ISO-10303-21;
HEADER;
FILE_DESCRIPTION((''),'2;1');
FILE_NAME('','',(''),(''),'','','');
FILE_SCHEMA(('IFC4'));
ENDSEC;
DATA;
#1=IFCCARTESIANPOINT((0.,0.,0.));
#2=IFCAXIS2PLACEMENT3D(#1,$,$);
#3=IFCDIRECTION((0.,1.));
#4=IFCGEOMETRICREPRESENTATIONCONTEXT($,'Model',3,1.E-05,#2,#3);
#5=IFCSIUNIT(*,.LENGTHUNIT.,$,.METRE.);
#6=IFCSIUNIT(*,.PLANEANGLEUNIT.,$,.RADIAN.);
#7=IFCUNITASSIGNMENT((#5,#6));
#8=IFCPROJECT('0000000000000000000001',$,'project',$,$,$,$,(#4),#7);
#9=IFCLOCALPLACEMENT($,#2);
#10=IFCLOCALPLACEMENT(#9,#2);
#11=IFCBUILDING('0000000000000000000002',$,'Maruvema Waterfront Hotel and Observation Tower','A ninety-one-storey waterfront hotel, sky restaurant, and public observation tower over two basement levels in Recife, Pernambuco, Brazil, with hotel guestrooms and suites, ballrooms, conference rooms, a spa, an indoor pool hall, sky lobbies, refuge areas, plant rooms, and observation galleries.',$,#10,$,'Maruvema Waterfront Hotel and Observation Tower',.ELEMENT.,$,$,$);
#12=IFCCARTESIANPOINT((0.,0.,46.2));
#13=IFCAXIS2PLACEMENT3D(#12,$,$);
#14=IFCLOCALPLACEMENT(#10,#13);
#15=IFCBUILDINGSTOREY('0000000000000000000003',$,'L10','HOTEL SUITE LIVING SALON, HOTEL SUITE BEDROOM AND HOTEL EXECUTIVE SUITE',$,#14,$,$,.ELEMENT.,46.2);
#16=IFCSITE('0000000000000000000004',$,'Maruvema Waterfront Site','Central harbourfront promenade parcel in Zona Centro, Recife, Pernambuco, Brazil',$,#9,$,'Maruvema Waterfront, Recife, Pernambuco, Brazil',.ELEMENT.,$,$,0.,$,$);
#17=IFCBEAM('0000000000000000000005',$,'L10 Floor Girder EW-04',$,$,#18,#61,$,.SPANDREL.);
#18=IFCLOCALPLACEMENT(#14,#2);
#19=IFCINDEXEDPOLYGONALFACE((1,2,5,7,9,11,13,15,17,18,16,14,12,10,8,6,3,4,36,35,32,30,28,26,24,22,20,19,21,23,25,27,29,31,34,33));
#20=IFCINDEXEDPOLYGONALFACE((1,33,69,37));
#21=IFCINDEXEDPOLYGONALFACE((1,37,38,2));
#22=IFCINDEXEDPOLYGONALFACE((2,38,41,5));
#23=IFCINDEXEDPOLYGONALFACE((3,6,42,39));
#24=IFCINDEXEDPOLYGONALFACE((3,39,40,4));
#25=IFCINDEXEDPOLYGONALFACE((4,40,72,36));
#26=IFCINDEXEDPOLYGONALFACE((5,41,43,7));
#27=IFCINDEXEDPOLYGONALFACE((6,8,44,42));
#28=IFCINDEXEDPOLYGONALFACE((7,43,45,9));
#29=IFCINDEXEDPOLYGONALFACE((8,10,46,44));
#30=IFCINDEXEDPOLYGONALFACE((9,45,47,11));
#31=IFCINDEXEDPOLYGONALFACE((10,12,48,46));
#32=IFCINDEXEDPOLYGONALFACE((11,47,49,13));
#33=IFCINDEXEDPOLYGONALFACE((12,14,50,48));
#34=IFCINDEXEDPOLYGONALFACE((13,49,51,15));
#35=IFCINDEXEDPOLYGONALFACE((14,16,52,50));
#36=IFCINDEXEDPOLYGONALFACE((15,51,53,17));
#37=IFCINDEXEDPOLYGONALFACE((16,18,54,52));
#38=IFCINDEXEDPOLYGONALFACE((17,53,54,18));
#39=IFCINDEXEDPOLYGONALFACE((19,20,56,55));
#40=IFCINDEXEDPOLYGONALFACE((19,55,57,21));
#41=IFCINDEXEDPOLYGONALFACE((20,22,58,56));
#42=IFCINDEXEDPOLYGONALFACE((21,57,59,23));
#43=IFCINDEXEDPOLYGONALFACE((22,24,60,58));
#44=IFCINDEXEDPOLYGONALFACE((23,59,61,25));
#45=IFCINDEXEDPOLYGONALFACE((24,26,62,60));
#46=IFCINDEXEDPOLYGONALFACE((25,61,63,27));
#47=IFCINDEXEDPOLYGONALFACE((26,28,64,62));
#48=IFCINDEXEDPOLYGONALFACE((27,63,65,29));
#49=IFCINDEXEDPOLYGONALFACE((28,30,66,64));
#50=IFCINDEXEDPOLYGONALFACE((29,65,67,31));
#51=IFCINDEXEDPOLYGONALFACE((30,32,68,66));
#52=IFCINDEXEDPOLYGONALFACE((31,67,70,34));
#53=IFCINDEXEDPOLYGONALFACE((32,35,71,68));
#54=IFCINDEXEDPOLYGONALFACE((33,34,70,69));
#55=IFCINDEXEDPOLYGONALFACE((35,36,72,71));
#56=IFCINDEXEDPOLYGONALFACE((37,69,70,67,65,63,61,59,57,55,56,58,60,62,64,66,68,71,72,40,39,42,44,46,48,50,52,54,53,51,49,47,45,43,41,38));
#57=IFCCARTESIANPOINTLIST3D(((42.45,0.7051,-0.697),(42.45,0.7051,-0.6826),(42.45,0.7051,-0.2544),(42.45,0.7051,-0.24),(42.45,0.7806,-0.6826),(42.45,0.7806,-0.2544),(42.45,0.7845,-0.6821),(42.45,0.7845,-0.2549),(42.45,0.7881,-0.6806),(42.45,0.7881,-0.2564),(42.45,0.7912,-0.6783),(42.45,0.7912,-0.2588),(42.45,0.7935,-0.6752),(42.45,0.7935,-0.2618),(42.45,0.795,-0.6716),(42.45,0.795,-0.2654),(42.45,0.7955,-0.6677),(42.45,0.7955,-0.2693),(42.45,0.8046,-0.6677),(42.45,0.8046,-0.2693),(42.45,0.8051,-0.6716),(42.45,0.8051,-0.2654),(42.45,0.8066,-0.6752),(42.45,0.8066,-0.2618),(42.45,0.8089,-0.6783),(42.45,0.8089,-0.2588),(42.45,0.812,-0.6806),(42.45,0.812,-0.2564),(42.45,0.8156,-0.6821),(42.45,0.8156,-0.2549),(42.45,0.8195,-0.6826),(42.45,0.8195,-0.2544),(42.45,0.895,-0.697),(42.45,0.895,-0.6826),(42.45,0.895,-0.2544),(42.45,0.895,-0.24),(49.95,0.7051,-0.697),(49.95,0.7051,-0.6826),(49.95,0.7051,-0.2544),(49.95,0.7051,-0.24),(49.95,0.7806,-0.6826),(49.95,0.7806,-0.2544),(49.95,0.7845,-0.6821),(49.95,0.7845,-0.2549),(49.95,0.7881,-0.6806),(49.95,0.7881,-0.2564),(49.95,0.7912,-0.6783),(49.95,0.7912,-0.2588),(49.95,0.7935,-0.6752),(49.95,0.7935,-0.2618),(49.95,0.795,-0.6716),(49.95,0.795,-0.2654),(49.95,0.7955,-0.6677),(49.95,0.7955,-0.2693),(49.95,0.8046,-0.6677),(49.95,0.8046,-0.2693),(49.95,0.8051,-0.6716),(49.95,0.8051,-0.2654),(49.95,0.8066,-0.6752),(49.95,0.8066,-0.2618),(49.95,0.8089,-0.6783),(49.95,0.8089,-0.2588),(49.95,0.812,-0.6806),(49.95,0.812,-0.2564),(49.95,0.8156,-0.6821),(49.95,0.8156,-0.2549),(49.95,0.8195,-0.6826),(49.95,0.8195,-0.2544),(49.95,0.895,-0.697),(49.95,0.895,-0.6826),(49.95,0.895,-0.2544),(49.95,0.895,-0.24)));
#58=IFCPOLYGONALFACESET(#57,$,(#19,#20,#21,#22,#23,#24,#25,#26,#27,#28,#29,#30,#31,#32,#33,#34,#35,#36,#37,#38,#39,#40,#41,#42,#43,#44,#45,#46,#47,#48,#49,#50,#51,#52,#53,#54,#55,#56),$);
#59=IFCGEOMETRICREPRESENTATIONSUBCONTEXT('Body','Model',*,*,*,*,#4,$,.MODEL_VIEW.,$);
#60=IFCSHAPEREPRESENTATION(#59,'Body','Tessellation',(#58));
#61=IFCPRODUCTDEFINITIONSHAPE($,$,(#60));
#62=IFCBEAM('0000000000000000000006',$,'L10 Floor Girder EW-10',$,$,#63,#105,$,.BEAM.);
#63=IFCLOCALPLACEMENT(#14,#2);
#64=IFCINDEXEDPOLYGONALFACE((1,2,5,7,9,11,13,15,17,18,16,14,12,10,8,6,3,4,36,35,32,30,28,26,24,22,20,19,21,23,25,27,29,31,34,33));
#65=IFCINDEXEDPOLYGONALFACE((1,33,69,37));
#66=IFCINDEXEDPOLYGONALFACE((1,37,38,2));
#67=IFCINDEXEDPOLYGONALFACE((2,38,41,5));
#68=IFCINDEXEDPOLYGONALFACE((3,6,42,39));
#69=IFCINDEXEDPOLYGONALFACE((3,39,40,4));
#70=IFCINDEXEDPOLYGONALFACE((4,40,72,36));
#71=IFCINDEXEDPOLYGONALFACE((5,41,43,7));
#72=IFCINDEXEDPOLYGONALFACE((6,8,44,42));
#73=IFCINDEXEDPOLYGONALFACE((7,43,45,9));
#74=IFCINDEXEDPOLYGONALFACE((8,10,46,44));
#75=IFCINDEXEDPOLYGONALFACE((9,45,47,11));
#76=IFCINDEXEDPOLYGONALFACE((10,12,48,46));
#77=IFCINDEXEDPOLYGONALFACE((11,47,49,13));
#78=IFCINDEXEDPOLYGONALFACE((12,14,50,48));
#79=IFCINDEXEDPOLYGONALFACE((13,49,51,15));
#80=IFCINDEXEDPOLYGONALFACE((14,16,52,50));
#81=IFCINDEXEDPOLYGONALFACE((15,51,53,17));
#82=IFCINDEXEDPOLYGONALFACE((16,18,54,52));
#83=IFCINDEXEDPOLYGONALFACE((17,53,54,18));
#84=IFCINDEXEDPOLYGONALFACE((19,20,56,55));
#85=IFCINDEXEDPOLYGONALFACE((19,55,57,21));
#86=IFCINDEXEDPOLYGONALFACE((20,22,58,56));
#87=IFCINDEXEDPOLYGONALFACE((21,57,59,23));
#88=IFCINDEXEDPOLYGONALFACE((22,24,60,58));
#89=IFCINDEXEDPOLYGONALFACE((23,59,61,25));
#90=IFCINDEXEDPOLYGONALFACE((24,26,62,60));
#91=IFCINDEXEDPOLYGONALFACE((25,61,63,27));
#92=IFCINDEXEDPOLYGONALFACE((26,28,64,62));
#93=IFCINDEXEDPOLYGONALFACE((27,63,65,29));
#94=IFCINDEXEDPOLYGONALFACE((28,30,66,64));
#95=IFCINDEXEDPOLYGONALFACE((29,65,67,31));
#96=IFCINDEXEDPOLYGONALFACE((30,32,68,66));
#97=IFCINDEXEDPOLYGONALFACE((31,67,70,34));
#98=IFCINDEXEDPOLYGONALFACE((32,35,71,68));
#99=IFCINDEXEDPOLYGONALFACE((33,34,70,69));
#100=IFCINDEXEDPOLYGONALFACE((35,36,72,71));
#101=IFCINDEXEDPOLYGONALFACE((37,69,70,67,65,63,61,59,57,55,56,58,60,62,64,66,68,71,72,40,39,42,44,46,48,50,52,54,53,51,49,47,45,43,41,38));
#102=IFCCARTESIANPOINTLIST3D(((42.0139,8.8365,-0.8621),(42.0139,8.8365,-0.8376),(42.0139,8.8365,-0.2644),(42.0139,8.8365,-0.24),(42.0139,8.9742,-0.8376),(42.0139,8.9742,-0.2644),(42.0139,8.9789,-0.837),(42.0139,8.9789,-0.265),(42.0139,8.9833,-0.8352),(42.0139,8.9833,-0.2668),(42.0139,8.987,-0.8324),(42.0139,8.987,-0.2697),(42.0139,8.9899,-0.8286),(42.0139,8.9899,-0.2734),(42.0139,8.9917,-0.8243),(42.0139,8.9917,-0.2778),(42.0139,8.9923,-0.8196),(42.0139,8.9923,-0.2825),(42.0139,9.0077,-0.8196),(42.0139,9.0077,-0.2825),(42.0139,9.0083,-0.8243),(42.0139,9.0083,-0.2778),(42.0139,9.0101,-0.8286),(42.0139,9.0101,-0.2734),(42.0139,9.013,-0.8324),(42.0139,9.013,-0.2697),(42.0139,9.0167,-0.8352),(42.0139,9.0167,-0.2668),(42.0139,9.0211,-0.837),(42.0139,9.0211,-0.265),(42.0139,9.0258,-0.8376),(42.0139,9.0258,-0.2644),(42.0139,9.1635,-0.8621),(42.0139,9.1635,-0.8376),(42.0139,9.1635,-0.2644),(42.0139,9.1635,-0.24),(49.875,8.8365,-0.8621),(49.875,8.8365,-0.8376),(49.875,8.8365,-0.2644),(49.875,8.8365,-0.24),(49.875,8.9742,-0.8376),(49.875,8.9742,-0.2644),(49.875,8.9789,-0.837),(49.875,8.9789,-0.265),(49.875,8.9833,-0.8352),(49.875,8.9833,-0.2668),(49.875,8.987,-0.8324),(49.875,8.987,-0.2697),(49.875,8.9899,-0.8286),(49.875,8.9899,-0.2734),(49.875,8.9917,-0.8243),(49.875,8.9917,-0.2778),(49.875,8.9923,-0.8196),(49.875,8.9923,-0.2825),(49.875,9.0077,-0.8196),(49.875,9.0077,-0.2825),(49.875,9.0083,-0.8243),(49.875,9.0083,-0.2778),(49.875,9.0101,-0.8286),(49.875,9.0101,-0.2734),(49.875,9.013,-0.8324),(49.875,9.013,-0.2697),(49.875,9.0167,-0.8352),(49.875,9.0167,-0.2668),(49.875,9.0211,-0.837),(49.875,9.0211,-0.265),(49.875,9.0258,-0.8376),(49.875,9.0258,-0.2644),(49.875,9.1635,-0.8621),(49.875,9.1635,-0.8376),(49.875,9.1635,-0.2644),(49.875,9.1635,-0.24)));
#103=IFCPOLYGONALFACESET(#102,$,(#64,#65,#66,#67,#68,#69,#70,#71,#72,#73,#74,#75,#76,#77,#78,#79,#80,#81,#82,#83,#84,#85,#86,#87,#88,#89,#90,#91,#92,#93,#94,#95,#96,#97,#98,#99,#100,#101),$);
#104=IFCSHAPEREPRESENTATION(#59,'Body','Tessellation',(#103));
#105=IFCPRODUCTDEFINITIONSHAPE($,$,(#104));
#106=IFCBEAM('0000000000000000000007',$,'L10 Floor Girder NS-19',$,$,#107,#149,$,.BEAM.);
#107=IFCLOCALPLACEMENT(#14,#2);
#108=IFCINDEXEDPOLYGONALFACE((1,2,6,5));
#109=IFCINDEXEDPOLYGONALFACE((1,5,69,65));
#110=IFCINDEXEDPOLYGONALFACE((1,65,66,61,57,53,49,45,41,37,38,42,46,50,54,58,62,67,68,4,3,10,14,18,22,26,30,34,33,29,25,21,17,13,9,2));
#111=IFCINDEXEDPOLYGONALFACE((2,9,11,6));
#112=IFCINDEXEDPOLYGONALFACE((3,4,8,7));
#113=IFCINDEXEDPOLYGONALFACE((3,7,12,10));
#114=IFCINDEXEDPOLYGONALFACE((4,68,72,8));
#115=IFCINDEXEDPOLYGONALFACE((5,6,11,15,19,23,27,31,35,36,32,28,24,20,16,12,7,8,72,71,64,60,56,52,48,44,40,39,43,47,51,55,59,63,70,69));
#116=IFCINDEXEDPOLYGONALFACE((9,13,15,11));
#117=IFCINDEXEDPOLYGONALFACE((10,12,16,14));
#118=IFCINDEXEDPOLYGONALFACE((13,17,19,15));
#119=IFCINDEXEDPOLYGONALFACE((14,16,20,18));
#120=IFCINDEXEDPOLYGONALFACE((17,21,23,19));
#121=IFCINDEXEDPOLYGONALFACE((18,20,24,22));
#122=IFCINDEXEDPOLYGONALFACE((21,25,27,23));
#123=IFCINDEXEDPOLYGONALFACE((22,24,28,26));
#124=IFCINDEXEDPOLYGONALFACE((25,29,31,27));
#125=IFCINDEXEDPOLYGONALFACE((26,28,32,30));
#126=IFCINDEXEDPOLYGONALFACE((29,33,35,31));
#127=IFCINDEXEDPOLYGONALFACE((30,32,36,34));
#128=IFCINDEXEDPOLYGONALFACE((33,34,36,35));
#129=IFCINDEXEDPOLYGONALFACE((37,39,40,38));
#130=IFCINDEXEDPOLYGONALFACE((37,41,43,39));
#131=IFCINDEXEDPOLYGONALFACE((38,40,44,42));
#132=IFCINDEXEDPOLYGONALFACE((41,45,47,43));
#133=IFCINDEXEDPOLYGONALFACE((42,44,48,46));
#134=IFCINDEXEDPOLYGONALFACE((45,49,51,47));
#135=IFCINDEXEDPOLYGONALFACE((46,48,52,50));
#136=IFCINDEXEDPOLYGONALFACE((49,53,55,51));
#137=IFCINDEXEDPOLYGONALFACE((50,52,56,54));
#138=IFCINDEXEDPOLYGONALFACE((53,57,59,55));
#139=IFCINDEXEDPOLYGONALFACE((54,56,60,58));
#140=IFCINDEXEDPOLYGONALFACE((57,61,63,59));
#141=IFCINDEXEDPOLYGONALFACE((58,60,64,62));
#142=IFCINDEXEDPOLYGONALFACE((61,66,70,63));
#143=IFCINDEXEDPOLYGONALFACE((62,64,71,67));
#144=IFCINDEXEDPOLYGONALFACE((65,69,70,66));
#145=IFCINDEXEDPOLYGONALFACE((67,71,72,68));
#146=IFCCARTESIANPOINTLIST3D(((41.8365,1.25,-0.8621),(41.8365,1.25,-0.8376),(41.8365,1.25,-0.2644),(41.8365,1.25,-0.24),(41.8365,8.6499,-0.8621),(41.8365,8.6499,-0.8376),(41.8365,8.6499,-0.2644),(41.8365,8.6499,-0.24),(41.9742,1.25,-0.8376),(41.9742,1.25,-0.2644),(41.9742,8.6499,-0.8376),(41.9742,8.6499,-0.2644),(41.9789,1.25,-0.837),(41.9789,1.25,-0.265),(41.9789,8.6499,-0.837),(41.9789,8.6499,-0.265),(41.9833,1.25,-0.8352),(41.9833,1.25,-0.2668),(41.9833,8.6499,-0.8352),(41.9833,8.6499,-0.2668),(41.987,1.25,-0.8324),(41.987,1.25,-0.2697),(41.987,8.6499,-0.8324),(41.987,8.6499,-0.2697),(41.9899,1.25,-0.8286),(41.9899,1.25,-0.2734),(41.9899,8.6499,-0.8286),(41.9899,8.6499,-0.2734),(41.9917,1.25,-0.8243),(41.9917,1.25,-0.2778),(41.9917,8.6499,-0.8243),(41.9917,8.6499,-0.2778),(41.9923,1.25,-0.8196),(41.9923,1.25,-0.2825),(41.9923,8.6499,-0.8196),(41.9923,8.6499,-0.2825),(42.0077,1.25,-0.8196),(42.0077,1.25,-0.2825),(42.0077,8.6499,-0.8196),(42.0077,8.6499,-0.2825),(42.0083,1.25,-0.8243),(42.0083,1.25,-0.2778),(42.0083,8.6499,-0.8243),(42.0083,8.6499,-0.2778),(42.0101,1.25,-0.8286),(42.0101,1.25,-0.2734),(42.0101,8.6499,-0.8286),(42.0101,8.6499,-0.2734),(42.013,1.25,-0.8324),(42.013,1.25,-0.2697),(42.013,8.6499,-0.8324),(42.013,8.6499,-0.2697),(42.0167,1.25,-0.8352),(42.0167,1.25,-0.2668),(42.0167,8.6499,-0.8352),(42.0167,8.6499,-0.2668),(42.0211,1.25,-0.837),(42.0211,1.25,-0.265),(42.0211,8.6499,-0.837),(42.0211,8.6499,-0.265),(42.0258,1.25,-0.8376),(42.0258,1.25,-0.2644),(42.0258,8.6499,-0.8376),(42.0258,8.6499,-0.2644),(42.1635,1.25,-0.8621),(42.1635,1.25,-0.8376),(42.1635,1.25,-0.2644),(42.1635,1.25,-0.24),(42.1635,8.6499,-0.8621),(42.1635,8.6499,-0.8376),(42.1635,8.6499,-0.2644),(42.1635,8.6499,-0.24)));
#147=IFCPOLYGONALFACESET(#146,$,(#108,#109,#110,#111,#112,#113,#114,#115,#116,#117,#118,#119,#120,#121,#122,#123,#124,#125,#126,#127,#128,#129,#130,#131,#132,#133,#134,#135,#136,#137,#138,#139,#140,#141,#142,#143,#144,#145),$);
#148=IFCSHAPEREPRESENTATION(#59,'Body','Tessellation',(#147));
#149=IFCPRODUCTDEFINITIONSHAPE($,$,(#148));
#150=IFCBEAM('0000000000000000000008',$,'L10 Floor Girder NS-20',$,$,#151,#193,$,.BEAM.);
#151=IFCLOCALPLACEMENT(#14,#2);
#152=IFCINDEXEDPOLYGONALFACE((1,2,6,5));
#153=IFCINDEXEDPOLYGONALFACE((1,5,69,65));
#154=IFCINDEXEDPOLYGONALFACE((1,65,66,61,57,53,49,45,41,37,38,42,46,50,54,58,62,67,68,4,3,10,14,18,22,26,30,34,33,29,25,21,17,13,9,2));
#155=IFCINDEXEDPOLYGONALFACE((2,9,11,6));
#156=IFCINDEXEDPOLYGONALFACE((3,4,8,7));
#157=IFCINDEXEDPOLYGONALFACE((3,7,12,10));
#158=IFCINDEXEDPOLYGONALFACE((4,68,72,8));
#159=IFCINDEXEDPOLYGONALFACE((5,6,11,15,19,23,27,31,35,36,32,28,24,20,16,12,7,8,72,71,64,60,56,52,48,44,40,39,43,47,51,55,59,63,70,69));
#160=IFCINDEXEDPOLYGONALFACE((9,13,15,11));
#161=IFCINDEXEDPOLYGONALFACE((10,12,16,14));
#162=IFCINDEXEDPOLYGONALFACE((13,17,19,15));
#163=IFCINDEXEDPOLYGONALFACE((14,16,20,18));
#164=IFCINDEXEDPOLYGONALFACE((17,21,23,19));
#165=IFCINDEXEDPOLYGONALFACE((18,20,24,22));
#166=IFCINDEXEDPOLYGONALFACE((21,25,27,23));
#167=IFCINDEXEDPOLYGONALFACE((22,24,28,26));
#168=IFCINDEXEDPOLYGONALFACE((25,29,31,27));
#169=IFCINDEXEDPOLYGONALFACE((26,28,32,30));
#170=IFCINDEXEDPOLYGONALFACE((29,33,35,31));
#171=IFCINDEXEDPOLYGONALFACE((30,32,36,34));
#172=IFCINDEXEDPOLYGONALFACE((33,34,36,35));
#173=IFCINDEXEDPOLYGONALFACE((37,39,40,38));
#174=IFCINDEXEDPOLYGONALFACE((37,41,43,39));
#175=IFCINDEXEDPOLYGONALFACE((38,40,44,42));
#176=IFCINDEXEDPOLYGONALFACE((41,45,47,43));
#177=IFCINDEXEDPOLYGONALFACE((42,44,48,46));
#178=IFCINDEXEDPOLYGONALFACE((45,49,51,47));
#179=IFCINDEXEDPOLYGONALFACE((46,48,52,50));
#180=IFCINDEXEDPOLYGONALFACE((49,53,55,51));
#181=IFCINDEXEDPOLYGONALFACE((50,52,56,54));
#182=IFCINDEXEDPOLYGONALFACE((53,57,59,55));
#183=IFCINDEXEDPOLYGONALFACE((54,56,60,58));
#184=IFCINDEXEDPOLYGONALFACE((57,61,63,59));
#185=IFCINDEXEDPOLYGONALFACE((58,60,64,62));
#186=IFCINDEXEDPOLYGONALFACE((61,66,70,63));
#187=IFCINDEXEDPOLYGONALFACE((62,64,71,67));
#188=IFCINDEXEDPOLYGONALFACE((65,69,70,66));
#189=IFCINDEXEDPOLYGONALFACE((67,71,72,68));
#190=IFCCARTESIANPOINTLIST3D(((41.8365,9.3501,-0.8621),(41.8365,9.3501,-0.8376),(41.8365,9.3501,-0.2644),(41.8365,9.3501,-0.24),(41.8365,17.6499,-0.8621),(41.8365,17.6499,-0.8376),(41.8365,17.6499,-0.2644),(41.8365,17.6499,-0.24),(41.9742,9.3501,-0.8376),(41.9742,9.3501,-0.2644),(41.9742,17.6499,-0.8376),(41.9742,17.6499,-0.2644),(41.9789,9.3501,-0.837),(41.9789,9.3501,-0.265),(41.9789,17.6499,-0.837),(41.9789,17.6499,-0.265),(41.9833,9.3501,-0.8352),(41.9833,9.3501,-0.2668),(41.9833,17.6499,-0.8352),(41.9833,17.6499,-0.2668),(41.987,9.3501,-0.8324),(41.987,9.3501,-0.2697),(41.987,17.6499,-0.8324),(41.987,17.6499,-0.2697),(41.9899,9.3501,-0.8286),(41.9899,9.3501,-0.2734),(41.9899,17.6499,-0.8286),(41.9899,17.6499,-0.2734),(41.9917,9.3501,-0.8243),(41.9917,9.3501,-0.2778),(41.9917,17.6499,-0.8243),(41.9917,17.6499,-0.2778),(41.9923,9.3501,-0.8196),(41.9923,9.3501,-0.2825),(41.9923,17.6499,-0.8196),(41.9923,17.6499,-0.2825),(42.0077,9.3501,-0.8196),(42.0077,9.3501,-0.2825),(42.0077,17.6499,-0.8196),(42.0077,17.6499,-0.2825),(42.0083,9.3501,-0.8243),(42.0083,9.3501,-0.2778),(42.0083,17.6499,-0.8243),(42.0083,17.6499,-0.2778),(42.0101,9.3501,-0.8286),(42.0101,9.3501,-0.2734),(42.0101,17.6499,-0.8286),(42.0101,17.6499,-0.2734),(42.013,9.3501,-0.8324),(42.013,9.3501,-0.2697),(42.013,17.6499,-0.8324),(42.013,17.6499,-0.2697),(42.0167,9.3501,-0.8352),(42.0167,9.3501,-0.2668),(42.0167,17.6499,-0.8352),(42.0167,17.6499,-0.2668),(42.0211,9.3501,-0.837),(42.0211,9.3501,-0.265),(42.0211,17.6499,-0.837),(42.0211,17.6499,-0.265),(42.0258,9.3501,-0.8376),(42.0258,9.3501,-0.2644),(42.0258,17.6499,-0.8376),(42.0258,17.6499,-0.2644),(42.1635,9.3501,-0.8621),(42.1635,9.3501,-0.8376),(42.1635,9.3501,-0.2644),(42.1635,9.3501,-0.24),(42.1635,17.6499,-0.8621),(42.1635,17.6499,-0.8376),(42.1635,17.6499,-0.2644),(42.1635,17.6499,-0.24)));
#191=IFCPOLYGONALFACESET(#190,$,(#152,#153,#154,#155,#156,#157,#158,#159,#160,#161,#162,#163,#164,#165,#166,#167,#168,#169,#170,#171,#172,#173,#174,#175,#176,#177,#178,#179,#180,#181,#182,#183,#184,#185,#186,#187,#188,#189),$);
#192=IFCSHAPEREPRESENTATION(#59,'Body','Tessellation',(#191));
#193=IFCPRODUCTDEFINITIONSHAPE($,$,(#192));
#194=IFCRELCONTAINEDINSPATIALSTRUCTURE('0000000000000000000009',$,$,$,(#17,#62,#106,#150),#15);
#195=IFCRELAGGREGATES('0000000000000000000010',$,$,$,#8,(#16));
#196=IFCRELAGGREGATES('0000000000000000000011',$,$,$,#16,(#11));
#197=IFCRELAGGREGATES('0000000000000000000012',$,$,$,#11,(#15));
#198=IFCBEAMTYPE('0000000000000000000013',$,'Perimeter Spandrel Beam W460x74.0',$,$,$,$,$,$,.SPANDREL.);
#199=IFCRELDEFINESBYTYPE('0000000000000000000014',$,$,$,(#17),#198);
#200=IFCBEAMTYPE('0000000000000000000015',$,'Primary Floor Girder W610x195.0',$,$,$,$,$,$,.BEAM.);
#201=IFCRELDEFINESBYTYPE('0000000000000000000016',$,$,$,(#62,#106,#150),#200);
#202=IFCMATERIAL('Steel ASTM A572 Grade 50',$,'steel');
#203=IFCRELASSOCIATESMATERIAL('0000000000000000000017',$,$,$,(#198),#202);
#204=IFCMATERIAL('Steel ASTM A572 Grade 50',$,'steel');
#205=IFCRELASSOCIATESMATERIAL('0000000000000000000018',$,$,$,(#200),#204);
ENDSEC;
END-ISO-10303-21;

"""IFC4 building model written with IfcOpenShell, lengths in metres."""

from ifc_helpers import new_model, si_unit, direction, frame, origin, origin_2d, place, context, subcontext, project, spatial, i_section, extrude, material, material_profile, profile_set, type_object, element, save


model = new_model("IFC4")

# Units and contexts
model_context = context("Model", 3, precision=1e-05, world=origin(), true_north=direction((0.0, 1.0)))
body_context = subcontext(model_context, "Body", "Model", "MODEL_VIEW")
ifc_project = project(units=[si_unit("LENGTHUNIT", "METRE"), si_unit("PLANEANGLEUNIT", "RADIAN")], contexts=[model_context])

# Site, building, storey
site_placement = place(None, origin())
site = spatial("IfcSite", under=ifc_project, at=site_placement, Name="Maruvema Waterfront Site", Description="Central harbourfront promenade parcel in Zona Centro, Recife, Pernambuco, Brazil", LongName="Maruvema Waterfront, Recife, Pernambuco, Brazil", CompositionType="ELEMENT", RefElevation=0.0)
building_placement = place(site_placement, origin())
building = spatial("IfcBuilding", under=site, at=building_placement, Name="Maruvema Waterfront Hotel and Observation Tower", Description="A ninety-one-storey waterfront hotel, sky restaurant, and public observation tower over two basement levels in Recife, Pernambuco, Brazil, with hotel guestrooms and suites, ballrooms, conference rooms, a spa, an indoor pool hall, sky lobbies, refuge areas, plant rooms, and observation galleries.", LongName="Maruvema Waterfront Hotel and Observation Tower", CompositionType="ELEMENT")
storey_placement = place(building_placement, frame((0.0, 0.0, 46.2)))
storey = spatial("IfcBuildingStorey", under=building, at=storey_placement, Name="L10", Description="HOTEL SUITE LIVING SALON, HOTEL SUITE BEDROOM AND HOTEL EXECUTIVE SUITE", CompositionType="ELEMENT", Elevation=46.2)

# Beams
ifc_material_1 = material(Name="Steel ASTM A572 Grade 50", Category="steel")
ifc_material_profile_1 = material_profile(ifc_material_1, i_section(OverallWidth=0.1899, OverallDepth=0.457, WebThickness=0.009, FlangeThickness=0.0144, FilletRadius=0.0149, at=origin_2d()), Name="W460x74.0")
ifc_profile_set_1 = profile_set([ifc_material_profile_1], Name="Steel ASTM A572 Grade 50")
beam_type_1 = type_object("IfcBeamType", Name="Perimeter Spandrel Beam W460x74.0", PredefinedType="SPANDREL", material=ifc_profile_set_1)
beam_1_placement = place(storey_placement, frame((42.45, 0.8, -0.4685), z_axis=(1.0, 0.0, 0.0), x_axis=(0.0, 1.0, 0.0)))
element("IfcBeam", 1, at=beam_1_placement, inside=storey, type_object=beam_type_1, Name="L10 Floor Girder EW-04", PredefinedType="SPANDREL", context=body_context, shape_type="SweptSolid", body=[
    extrude(i_section(OverallWidth=0.1899, OverallDepth=0.457, WebThickness=0.009, FlangeThickness=0.0144, FilletRadius=0.0149, at=origin_2d()), origin(), (0.0, 0.0, 1.0), 7.5),
])
ifc_material_2 = material(Name="Steel ASTM A572 Grade 50", Category="steel")
ifc_material_profile_2 = material_profile(ifc_material_2, i_section(OverallWidth=0.3269, OverallDepth=0.6221, WebThickness=0.0154, FlangeThickness=0.0244, FilletRadius=0.0181, at=origin_2d()), Name="W610x195.0")
ifc_profile_set_2 = profile_set([ifc_material_profile_2], Name="Steel ASTM A572 Grade 50")
beam_type_2 = type_object("IfcBeamType", Name="Primary Floor Girder W610x195.0", PredefinedType="BEAM", material=ifc_profile_set_2)
beam_2_placement = place(storey_placement, frame((42.0139, 9.0, -0.551), z_axis=(1.0, 0.0, 0.0), x_axis=(0.0, 1.0, 0.0)))
element("IfcBeam", 2, at=beam_2_placement, inside=storey, type_object=beam_type_2, Name="L10 Floor Girder EW-10", PredefinedType="BEAM", context=body_context, shape_type="SweptSolid", body=[
    extrude(i_section(OverallWidth=0.3269, OverallDepth=0.6221, WebThickness=0.0154, FlangeThickness=0.0244, FilletRadius=0.0181, at=origin_2d()), origin(), (0.0, 0.0, 1.0), 7.8611),
])
beam_3_placement = place(storey_placement, frame((42.0, 1.25, -0.551), z_axis=(0.0, 1.0, 0.0), x_axis=(-1.0, 0.0, 0.0)))
element("IfcBeam", 3, at=beam_3_placement, inside=storey, type_object=beam_type_2, Name="L10 Floor Girder NS-19", PredefinedType="BEAM", context=body_context, shape_type="SweptSolid", body=[
    extrude(i_section(OverallWidth=0.3269, OverallDepth=0.6221, WebThickness=0.0154, FlangeThickness=0.0244, FilletRadius=0.0181, at=origin_2d()), origin(), (0.0, 0.0, 1.0), 7.3999),
])
beam_4_placement = place(storey_placement, frame((42.0, 9.3501, -0.551), z_axis=(0.0, 1.0, 0.0), x_axis=(-1.0, 0.0, 0.0)))
element("IfcBeam", 4, at=beam_4_placement, inside=storey, type_object=beam_type_2, Name="L10 Floor Girder NS-20", PredefinedType="BEAM", context=body_context, shape_type="SweptSolid", body=[
    extrude(i_section(OverallWidth=0.3269, OverallDepth=0.6221, WebThickness=0.0154, FlangeThickness=0.0244, FilletRadius=0.0181, at=origin_2d()), origin(), (0.0, 0.0, 1.0), 8.2998),
])

save(model, "model.ifc")
